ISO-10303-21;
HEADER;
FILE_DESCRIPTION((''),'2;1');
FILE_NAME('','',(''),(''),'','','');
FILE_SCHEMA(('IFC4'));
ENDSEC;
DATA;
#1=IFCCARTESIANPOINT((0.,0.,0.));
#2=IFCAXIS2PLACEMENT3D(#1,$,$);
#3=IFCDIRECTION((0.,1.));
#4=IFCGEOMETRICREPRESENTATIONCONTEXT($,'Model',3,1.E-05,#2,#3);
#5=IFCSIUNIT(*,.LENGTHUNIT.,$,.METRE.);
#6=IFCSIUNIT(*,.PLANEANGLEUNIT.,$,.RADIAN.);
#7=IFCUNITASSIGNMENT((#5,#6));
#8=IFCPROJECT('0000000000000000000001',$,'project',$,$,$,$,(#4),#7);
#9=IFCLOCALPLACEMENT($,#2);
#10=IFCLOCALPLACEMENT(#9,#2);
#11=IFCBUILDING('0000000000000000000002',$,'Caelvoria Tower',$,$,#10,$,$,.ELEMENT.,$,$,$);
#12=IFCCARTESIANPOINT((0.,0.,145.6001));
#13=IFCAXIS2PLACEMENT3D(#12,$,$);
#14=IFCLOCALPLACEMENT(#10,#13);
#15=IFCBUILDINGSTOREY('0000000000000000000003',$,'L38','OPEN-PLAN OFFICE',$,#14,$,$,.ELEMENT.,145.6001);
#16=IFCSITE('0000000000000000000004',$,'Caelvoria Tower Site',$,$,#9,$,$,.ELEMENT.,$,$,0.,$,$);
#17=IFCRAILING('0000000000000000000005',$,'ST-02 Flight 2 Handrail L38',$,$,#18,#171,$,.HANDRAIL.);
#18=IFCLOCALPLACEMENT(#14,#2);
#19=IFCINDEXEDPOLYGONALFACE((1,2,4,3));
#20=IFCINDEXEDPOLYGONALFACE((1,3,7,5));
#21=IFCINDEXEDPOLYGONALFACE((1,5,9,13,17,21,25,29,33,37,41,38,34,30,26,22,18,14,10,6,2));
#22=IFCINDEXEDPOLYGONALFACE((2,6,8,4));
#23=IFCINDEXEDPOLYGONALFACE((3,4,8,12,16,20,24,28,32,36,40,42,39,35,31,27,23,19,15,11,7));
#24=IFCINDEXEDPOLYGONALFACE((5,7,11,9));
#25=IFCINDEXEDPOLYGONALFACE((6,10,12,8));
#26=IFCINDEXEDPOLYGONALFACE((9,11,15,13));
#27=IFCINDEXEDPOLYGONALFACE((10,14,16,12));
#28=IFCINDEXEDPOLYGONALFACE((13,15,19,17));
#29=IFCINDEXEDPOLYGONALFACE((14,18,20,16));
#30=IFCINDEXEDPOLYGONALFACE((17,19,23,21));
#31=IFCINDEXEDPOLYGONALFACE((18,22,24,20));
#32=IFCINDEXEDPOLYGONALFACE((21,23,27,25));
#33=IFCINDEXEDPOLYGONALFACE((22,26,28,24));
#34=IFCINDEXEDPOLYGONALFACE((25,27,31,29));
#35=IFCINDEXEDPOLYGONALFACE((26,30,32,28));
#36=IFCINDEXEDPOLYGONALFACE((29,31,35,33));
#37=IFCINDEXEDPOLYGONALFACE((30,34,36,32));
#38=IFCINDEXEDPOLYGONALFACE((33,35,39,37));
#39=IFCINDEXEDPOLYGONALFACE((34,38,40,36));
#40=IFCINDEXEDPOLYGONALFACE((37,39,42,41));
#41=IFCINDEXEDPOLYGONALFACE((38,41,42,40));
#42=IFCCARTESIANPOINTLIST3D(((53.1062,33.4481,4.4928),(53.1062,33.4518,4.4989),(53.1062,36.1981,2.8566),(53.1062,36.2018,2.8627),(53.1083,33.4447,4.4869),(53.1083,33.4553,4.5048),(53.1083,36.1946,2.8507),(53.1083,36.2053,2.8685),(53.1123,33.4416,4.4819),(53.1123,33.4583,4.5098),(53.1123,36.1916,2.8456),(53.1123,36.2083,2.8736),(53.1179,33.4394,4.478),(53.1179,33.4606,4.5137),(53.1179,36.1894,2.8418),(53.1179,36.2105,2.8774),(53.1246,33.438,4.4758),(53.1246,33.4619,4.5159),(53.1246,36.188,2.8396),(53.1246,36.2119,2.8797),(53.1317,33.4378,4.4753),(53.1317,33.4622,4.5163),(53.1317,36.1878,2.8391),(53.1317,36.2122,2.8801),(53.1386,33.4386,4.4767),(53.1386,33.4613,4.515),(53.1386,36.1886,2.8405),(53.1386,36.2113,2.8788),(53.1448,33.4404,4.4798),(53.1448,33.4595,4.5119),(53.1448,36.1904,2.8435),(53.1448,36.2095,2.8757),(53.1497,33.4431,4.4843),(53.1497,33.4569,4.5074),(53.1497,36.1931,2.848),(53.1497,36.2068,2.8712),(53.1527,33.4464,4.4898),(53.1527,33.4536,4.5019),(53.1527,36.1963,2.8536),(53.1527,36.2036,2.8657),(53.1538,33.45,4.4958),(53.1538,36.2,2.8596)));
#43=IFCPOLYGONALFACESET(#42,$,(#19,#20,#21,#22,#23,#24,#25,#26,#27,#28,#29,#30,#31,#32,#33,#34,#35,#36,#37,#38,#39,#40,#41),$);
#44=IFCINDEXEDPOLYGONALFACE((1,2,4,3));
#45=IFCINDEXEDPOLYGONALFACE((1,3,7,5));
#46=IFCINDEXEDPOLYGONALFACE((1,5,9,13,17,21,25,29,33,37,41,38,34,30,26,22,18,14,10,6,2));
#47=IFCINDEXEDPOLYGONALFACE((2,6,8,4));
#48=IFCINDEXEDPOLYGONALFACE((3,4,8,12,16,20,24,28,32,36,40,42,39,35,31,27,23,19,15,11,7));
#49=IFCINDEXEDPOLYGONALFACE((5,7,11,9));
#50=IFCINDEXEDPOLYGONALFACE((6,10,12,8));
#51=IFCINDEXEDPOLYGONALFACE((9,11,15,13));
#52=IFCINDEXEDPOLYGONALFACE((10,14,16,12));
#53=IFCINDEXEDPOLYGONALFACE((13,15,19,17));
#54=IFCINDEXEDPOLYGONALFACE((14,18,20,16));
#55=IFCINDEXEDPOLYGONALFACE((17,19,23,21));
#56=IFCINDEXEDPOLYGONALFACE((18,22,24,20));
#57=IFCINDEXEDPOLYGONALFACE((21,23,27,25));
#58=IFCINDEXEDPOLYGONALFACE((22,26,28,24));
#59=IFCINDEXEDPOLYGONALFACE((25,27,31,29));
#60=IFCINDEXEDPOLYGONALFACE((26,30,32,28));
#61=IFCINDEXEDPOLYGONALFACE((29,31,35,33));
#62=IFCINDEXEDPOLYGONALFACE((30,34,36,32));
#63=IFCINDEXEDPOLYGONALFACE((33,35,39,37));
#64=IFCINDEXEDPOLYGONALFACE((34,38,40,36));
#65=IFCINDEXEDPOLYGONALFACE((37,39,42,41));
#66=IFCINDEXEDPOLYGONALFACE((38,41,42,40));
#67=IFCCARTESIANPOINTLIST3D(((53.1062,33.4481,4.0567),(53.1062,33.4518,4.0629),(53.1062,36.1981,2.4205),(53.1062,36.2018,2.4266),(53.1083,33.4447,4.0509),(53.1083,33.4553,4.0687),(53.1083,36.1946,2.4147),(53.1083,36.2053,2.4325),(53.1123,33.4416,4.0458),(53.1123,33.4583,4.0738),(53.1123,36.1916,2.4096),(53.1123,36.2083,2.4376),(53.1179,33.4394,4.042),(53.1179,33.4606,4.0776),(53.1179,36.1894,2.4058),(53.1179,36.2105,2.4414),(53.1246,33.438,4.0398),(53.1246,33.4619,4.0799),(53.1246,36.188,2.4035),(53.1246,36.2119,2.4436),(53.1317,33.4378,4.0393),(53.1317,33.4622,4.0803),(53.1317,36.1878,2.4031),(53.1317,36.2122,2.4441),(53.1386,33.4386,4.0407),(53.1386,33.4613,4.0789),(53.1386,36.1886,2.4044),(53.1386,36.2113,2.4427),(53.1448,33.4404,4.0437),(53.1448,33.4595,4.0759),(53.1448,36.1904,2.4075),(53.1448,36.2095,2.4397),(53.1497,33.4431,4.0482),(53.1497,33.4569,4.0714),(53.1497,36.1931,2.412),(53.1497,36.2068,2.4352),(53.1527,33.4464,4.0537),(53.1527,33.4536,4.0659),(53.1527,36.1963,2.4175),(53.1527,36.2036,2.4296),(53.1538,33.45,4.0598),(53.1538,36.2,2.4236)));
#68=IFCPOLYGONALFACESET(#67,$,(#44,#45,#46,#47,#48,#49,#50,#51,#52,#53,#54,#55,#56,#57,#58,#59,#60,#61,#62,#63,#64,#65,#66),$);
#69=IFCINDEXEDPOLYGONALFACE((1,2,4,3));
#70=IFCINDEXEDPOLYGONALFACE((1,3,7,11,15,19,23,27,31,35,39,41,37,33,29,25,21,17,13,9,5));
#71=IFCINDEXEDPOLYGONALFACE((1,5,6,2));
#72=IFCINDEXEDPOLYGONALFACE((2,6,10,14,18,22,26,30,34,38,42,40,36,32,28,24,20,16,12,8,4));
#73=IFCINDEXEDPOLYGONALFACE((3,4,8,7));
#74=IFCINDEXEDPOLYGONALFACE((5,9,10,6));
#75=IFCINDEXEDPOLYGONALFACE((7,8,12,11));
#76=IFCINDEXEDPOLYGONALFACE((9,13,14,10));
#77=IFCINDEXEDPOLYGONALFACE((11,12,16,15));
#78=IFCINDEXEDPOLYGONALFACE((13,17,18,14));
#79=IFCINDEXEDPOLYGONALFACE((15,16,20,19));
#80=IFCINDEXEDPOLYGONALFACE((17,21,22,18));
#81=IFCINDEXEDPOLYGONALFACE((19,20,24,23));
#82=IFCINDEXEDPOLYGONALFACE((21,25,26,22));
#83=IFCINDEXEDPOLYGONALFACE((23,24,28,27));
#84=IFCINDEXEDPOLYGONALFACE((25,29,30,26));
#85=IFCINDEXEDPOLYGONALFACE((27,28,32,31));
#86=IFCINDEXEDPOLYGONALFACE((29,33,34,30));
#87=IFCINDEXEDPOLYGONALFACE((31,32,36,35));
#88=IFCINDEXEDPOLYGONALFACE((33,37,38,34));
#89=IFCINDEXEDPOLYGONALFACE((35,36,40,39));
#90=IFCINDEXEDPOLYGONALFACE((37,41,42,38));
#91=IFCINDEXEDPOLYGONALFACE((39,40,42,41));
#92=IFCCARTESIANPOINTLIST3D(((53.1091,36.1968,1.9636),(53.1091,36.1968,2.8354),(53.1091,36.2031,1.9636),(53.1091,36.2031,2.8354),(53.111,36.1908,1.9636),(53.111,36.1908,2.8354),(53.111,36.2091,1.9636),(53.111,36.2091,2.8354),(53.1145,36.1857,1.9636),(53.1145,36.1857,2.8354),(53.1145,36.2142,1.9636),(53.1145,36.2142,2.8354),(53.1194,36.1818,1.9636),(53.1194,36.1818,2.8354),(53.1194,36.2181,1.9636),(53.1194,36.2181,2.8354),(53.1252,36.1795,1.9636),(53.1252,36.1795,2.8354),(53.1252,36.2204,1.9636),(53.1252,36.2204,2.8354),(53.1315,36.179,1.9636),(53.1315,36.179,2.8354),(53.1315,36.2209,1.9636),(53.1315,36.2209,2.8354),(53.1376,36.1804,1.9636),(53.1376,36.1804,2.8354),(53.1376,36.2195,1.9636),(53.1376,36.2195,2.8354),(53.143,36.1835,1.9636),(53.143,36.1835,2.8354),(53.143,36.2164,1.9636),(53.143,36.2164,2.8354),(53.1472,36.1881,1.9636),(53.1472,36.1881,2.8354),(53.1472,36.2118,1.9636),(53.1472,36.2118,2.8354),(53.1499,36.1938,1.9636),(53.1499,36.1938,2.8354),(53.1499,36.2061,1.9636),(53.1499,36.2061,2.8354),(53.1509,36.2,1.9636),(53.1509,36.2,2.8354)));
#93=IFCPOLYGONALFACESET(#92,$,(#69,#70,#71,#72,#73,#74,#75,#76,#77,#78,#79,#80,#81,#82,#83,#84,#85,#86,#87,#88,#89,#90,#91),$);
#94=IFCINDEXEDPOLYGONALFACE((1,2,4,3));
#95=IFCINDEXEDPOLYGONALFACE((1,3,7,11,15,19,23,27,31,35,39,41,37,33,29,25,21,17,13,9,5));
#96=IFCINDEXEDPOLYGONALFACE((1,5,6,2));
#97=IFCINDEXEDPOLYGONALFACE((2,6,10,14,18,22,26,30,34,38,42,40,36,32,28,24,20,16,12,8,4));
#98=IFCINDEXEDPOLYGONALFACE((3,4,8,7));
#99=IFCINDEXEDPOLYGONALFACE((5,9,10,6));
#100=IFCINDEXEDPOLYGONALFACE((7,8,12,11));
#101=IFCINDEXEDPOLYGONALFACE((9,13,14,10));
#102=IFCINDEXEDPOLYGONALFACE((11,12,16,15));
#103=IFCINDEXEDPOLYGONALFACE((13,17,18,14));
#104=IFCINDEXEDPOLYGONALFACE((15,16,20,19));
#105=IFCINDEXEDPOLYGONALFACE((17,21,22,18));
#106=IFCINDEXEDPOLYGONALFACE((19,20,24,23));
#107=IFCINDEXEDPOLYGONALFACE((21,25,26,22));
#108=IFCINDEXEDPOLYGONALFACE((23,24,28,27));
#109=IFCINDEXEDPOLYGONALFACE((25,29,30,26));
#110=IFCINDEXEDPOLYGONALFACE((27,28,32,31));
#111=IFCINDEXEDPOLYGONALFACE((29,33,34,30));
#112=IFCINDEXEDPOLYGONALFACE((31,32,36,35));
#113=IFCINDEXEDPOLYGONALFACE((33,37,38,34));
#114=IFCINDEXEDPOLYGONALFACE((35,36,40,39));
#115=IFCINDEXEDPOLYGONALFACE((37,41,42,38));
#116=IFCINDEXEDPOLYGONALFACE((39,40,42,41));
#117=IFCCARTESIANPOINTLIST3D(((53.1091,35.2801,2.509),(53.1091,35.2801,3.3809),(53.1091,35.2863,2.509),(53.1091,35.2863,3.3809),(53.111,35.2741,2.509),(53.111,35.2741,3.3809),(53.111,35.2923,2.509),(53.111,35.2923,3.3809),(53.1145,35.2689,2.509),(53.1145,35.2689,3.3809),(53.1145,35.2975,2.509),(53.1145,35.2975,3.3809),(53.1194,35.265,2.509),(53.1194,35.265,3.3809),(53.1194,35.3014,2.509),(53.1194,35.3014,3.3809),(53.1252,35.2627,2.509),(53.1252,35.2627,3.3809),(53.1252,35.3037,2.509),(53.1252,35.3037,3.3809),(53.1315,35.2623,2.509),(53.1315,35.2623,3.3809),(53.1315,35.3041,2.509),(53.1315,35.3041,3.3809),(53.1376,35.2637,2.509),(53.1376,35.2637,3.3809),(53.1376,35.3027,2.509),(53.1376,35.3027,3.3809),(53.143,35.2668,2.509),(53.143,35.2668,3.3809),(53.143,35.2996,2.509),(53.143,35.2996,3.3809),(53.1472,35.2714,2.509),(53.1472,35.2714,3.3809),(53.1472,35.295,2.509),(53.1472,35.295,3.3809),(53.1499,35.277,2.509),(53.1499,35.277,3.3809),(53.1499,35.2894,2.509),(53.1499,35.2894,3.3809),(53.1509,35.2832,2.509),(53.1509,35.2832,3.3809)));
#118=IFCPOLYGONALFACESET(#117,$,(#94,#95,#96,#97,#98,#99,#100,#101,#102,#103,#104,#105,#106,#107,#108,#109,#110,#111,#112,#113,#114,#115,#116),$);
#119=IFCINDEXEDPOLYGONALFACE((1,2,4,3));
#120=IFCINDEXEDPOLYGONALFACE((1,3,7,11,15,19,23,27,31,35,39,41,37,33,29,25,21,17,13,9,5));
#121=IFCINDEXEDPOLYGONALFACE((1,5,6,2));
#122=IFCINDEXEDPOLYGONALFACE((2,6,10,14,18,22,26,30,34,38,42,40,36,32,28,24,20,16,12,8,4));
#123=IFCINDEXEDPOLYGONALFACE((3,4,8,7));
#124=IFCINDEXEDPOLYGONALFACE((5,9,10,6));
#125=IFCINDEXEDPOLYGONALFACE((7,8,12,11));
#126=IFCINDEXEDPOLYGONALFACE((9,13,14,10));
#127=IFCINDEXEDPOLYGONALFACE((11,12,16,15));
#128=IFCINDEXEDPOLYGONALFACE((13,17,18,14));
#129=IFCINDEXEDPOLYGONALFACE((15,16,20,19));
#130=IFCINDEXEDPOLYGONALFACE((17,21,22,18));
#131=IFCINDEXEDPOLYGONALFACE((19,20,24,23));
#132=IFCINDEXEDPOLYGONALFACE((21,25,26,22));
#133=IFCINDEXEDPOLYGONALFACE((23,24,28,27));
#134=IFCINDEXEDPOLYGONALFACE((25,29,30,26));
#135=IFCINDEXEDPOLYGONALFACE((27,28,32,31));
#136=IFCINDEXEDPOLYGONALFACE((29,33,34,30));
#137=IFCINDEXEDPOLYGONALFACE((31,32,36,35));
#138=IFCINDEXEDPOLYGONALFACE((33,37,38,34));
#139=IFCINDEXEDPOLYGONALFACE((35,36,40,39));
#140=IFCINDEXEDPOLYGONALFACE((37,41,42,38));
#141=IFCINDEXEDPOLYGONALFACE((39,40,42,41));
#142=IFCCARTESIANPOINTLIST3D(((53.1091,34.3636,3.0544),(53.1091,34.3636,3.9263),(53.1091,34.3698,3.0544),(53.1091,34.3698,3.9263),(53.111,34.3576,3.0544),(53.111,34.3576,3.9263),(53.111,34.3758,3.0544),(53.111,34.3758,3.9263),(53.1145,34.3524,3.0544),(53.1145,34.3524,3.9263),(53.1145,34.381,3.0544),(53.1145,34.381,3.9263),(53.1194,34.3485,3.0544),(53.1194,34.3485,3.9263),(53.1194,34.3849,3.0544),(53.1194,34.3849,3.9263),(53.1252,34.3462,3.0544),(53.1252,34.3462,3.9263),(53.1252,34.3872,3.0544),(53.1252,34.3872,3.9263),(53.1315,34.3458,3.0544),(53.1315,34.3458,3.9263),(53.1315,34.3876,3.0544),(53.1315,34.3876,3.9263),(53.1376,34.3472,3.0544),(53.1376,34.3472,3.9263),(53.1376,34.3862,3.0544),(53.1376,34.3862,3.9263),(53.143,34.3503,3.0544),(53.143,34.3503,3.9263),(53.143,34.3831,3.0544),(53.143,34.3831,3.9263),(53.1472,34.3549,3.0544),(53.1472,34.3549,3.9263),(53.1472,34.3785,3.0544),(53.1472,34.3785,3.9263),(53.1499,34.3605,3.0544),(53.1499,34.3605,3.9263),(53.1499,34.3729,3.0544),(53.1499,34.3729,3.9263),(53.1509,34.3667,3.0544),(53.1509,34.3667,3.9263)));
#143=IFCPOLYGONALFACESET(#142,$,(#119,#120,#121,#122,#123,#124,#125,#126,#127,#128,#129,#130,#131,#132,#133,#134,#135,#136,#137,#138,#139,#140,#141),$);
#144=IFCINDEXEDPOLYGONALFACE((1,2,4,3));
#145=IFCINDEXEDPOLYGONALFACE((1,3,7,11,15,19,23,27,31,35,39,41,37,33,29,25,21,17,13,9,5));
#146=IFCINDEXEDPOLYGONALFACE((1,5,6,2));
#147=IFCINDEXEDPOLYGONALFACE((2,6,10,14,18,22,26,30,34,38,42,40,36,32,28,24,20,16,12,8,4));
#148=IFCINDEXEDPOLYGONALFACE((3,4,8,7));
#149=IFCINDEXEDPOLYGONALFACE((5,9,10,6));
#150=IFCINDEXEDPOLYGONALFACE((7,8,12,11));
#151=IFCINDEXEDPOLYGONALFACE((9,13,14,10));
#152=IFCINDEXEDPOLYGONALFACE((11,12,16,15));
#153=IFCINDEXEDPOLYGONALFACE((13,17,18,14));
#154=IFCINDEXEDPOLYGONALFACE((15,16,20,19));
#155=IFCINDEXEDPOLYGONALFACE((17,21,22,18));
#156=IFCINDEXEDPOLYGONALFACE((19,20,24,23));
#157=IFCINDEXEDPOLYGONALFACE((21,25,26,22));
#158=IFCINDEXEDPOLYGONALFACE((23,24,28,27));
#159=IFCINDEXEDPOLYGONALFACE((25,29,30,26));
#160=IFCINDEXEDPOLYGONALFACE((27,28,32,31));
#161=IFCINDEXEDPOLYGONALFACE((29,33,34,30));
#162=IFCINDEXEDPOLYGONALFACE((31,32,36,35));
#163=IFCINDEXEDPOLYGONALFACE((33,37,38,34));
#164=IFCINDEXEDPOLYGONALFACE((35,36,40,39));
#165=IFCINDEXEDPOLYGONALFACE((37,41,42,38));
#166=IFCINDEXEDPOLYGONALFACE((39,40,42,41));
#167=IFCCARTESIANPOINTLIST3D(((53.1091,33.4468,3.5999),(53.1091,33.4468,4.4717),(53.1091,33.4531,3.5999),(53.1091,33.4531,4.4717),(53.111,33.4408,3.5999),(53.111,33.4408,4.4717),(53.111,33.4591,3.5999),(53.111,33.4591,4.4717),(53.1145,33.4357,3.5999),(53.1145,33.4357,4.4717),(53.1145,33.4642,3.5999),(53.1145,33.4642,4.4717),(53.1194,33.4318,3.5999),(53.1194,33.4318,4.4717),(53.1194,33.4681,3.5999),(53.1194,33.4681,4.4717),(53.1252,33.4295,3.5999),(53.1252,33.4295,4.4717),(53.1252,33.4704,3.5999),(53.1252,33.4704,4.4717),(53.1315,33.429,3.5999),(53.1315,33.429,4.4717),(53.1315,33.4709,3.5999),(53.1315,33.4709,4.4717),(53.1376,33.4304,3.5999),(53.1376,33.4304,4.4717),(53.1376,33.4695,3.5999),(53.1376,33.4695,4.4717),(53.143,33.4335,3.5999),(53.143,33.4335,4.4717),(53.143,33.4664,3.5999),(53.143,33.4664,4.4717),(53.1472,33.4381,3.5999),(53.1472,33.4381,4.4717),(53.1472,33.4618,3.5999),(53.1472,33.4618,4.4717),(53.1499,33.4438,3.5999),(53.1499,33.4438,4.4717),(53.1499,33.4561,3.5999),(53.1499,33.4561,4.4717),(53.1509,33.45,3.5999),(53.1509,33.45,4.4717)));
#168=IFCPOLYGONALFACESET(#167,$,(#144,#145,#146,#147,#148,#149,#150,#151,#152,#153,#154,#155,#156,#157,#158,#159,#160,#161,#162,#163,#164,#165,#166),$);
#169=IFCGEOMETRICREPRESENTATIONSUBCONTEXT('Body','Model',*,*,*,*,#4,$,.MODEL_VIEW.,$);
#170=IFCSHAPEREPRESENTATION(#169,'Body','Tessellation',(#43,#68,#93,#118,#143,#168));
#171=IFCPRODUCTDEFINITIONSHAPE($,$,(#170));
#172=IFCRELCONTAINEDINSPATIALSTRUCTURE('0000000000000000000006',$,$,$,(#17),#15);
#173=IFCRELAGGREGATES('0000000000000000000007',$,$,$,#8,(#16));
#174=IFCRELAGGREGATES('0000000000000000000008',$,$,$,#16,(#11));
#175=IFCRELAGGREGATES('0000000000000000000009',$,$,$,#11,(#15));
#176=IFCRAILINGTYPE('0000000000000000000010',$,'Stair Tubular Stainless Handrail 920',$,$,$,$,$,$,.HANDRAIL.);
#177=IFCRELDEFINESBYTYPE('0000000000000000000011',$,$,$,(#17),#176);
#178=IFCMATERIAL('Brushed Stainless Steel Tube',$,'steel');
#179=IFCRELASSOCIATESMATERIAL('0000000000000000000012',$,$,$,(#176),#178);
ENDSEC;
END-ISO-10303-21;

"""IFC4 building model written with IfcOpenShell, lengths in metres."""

from ifc_helpers import new_model, si_unit, direction, frame, origin, origin_2d, place, context, subcontext, project, spatial, circle, extrude, material, type_object, element, save


model = new_model("IFC4")

# Units and contexts
model_context = context("Model", 3, precision=1e-05, world=origin(), true_north=direction((0.0, 1.0)))
body_context = subcontext(model_context, "Body", "Model", "MODEL_VIEW")
ifc_project = project(units=[si_unit("LENGTHUNIT", "METRE"), si_unit("PLANEANGLEUNIT", "RADIAN")], contexts=[model_context])

# Site, building, storey
site_placement = place(None, origin())
site = spatial("IfcSite", under=ifc_project, at=site_placement, Name="Caelvoria Tower Site", CompositionType="ELEMENT", RefElevation=0.0)
building_placement = place(site_placement, origin())
building = spatial("IfcBuilding", under=site, at=building_placement, Name="Caelvoria Tower", CompositionType="ELEMENT")
storey_placement = place(building_placement, frame((0.0, 0.0, 145.6001)))
storey = spatial("IfcBuildingStorey", under=building, at=storey_placement, Name="L38", Description="OPEN-PLAN OFFICE", CompositionType="ELEMENT", Elevation=145.6001)

# Railing
ifc_material_1 = material(Name="Brushed Stainless Steel Tube", Category="steel")
railing_type_1 = type_object("IfcRailingType", Name="Stair Tubular Stainless Handrail 920", PredefinedType="HANDRAIL", material=ifc_material_1)
railing_1_placement = place(storey_placement, frame((53.1299, 36.2, 1.9636)))
element("IfcRailing", 1, at=railing_1_placement, inside=storey, type_object=railing_type_1, Name="ST-02 Flight 2 Handrail L38", PredefinedType="HANDRAIL", context=body_context, shape_type="SweptSolid", body=[
    extrude(circle(Radius=0.0239, at=origin_2d()), frame((0.0, 0.0, 0.896), z_axis=(0.0, -0.859385, 0.511328), x_axis=(1.0, 0.0, 0.0)), (0.0, 0.0, 1.0), 3.2),
    extrude(circle(Radius=0.0239, at=origin_2d()), frame((0.0, 0.0, 0.46), z_axis=(0.0, -0.859385, 0.511328), x_axis=(1.0, 0.0, 0.0)), (0.0, 0.0, 1.0), 3.2),
    extrude(circle(Radius=0.021, at=origin_2d()), origin(), (0.0, 0.0, 1.0), 0.8718),
    extrude(circle(Radius=0.021, at=origin_2d()), frame((0.0, -0.9167, 0.5454)), (0.0, 0.0, 1.0), 0.8718),
    extrude(circle(Radius=0.021, at=origin_2d()), frame((0.0, -1.8333, 1.0908)), (0.0, 0.0, 1.0), 0.8718),
    extrude(circle(Radius=0.021, at=origin_2d()), frame((0.0, -2.75, 1.6362)), (0.0, 0.0, 1.0), 0.8718),
])

save(model, "model.ifc")
